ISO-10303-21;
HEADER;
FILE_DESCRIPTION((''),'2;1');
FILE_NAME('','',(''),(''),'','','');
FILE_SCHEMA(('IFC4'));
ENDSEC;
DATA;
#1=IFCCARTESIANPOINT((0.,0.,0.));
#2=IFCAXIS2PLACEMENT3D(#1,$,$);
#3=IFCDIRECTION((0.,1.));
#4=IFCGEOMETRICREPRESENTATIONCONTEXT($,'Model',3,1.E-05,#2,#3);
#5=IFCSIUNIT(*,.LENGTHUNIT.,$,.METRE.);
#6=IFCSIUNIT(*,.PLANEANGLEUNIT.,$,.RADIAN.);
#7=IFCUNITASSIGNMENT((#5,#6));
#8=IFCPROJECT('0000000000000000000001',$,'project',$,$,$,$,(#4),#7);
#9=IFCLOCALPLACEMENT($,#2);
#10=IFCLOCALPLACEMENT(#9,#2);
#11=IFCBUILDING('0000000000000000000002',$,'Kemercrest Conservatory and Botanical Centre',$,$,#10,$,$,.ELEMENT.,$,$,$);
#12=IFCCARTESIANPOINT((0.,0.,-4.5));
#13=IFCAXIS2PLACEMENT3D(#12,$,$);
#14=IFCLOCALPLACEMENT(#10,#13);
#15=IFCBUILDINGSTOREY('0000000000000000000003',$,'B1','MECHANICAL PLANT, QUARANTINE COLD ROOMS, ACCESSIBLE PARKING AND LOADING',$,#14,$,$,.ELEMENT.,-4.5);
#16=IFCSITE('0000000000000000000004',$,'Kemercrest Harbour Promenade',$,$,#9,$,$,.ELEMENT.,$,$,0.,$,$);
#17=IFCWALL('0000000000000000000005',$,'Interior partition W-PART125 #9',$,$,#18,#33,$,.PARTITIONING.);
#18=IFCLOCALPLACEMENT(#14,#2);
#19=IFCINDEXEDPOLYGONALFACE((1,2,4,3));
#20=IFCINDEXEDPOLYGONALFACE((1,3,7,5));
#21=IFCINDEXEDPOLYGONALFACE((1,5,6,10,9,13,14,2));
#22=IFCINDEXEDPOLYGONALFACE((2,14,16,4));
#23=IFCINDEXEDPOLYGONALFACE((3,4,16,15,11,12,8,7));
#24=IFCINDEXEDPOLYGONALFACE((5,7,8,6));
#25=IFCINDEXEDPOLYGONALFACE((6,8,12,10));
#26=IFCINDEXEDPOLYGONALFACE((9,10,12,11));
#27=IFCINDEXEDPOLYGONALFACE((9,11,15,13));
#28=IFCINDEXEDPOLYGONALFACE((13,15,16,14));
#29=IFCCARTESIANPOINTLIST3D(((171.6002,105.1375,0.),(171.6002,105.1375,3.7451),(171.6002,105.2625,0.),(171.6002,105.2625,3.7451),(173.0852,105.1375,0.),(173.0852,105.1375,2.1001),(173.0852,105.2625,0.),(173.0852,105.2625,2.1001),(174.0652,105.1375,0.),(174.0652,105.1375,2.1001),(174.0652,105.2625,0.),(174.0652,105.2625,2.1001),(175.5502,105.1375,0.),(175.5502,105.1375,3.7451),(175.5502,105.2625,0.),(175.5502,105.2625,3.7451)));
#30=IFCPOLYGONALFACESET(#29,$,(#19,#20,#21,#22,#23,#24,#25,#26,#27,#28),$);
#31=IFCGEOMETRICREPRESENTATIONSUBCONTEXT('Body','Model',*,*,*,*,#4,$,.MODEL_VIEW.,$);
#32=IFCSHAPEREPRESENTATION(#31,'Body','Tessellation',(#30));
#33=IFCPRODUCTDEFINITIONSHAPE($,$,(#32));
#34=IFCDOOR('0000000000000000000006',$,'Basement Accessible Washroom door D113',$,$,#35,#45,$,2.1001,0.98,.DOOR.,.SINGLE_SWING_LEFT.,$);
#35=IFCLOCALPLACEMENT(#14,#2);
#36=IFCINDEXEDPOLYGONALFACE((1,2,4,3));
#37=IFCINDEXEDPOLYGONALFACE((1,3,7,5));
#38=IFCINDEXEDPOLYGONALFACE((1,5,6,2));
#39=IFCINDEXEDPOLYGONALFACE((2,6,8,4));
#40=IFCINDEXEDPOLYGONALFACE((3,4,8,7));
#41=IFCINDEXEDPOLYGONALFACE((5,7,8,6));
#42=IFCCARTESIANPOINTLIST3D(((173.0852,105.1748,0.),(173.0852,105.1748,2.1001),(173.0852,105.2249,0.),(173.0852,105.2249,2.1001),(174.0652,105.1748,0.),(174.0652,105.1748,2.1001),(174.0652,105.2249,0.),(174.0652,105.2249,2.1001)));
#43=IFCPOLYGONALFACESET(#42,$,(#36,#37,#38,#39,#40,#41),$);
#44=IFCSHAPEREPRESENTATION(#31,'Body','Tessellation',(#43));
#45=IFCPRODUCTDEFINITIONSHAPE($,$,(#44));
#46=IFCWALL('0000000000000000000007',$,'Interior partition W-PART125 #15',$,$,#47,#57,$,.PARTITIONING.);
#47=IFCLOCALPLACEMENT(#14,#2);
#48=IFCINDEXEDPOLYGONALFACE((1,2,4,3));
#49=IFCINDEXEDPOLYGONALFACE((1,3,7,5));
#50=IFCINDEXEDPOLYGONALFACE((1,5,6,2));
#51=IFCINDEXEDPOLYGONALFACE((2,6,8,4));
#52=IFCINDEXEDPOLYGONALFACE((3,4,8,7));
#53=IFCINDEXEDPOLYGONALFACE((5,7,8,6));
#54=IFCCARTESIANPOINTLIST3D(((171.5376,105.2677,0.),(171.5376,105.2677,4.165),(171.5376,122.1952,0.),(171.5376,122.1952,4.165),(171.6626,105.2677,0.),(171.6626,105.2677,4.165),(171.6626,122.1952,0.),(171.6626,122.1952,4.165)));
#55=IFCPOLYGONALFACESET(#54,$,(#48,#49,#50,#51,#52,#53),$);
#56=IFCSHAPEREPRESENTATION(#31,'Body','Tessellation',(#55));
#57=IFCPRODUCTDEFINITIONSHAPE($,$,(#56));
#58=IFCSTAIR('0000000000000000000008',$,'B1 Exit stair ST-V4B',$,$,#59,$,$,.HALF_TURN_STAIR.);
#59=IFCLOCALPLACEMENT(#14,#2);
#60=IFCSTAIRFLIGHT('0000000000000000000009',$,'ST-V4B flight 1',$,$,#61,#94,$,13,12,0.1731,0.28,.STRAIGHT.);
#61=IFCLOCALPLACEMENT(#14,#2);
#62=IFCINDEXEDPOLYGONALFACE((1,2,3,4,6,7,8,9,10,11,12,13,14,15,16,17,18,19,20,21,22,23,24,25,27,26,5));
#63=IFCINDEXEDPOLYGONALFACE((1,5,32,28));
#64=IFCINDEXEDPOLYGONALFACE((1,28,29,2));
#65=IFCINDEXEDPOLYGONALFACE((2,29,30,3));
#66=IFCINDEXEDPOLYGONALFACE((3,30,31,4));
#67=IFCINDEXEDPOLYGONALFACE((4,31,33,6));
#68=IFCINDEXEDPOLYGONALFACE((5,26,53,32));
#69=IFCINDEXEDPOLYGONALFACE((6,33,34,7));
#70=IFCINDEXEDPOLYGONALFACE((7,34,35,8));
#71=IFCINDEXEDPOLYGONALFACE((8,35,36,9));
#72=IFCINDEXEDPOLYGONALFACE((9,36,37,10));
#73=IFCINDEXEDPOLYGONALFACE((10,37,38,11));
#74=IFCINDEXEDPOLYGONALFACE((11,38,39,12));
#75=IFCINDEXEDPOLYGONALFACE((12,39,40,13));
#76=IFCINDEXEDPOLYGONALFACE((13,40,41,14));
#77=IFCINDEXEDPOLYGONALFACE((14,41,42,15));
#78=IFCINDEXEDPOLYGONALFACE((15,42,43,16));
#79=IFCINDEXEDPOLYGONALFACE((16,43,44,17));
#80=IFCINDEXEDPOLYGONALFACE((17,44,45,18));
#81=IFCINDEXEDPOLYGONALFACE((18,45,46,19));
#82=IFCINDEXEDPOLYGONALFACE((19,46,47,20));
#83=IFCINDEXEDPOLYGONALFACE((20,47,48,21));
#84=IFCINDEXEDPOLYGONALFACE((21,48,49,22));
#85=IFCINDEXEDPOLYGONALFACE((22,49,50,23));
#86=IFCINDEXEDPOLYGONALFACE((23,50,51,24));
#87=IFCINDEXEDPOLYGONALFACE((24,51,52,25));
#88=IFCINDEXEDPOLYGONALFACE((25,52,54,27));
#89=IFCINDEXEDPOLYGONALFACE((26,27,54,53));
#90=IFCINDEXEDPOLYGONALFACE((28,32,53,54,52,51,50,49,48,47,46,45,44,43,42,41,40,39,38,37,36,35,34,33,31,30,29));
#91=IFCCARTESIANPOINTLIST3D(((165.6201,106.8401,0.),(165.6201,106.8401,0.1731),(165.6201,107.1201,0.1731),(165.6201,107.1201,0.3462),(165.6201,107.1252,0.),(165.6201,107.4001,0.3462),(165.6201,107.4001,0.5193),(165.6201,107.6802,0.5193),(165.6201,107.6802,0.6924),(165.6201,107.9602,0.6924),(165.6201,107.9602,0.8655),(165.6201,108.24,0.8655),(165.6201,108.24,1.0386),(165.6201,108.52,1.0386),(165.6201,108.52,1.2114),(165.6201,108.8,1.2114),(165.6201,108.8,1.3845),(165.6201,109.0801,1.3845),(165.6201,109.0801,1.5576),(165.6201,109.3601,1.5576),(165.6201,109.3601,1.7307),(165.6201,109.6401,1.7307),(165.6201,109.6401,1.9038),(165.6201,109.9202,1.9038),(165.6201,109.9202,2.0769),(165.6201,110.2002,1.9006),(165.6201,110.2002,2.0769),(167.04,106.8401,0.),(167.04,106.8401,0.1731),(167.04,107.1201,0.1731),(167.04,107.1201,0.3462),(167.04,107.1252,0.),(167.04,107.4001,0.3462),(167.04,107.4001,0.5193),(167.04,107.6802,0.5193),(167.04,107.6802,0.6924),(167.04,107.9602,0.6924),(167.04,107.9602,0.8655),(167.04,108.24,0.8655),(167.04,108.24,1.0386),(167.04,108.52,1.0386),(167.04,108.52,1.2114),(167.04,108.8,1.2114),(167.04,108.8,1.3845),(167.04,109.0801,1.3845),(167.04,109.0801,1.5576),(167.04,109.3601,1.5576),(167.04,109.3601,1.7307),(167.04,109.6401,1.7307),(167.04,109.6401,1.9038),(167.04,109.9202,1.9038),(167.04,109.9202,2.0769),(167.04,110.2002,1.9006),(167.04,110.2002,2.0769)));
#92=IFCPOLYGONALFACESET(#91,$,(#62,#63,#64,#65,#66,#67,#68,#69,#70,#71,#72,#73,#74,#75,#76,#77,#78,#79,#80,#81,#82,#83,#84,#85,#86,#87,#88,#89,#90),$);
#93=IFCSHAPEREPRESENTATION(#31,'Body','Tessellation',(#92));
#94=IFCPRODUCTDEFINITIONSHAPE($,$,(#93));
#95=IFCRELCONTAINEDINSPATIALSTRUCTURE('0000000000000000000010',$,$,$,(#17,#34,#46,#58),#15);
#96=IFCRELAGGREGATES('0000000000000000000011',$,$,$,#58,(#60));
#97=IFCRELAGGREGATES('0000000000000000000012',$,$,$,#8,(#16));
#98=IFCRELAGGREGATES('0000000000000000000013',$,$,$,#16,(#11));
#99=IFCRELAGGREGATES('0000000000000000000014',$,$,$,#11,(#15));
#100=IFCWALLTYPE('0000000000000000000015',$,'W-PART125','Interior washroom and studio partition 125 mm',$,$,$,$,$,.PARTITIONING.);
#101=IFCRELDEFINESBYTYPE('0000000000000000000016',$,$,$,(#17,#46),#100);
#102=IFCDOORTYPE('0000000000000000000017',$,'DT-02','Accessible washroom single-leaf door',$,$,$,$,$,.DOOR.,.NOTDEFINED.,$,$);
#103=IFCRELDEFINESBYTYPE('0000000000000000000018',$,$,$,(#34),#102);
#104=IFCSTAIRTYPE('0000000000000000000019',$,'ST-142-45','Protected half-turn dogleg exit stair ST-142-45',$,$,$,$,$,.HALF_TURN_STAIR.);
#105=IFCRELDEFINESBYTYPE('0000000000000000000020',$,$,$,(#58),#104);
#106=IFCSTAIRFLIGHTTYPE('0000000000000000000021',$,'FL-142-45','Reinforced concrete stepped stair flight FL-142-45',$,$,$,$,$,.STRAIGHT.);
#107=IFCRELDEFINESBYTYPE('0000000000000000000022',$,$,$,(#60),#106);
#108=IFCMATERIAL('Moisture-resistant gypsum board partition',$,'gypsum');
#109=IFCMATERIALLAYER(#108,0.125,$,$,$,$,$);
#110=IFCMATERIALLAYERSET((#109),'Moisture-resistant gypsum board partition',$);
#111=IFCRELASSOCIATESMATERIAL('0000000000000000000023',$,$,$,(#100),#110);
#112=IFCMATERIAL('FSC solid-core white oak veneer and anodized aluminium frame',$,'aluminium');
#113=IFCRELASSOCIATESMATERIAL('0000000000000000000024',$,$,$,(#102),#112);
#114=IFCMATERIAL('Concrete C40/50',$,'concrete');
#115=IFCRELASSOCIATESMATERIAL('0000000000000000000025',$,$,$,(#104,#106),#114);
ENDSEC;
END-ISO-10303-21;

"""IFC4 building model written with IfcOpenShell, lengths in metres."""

from ifc_helpers import new_model, si_unit, direction, frame, frame_2d, origin, place, context, subcontext, project, spatial, polyline, rectangle, outline, extrude, material, layer, layer_set, type_object, element, fill, aggregate, save


model = new_model("IFC4")

# Units and contexts
model_context = context("Model", 3, precision=1e-05, world=origin(), true_north=direction((0.0, 1.0)))
body_context = subcontext(model_context, "Body", "Model", "MODEL_VIEW")
ifc_project = project(units=[si_unit("LENGTHUNIT", "METRE"), si_unit("PLANEANGLEUNIT", "RADIAN")], contexts=[model_context])

# Site, building, storey
site_placement = place(None, origin())
site = spatial("IfcSite", under=ifc_project, at=site_placement, Name="Kemercrest Harbour Promenade", CompositionType="ELEMENT", RefElevation=0.0)
building_placement = place(site_placement, origin())
building = spatial("IfcBuilding", under=site, at=building_placement, Name="Kemercrest Conservatory and Botanical Centre", CompositionType="ELEMENT")
storey_placement = place(building_placement, frame((0.0, 0.0, -4.5)))
storey = spatial("IfcBuildingStorey", under=building, at=storey_placement, Name="B1", Description="MECHANICAL PLANT, QUARANTINE COLD ROOMS, ACCESSIBLE PARKING AND LOADING", CompositionType="ELEMENT", Elevation=-4.5)

# Shared definitions
ifc_material_1 = material(Name="Concrete C40/50", Category="concrete")

# Wall, opening, door
ifc_material_2 = material(Name="Moisture-resistant gypsum board partition", Category="gypsum")
ifc_layer = layer(ifc_material_2, 0.125)
ifc_layer_set = layer_set([ifc_layer], Name="Moisture-resistant gypsum board partition")
wall_type = type_object("IfcWallType", Name="W-PART125", Description="Interior washroom and studio partition 125 mm", PredefinedType="PARTITIONING", material=ifc_layer_set)
ifc_material_3 = material(Name="FSC solid-core white oak veneer and anodized aluminium frame", Category="aluminium")
door_type = type_object("IfcDoorType", Name="DT-02", Description="Accessible washroom single-leaf door", OperationType="NOTDEFINED", PredefinedType="DOOR", material=ifc_material_3)
wall_1_placement = place(storey_placement, frame((171.6001, 105.2, 0.0), z_axis=(0.0, 0.0, 1.0), x_axis=(1.0, 0.0, 0.0)))
wall_1 = element("IfcWall", 1, at=wall_1_placement, inside=storey, type_object=wall_type, Name="Interior partition W-PART125 #9", PredefinedType="PARTITIONING", context=body_context, shape_type="SweptSolid", body=[
    extrude(rectangle(XDim=3.95, YDim=0.125, at=frame_2d((1.9751, 0.0))), origin(), (0.0, 0.0, 1.0), 3.7451),
])
opening_1_placement = place(wall_1_placement, frame((1.4851, 0.0, 0.0)))
opening_1 = element("IfcOpeningElement", 2, at=opening_1_placement, cuts=wall_1, PredefinedType="OPENING", context=body_context, shape_type="SweptSolid", body=[
    extrude(rectangle(XDim=0.98, YDim=2.1001, at=frame_2d((0.49, 1.05))), frame((0.0, 0.0725, 0.0), z_axis=(0.0, -1.0, 0.0), x_axis=(1.0, 0.0, 0.0)), (0.0, 0.0, 1.0), 0.145),
])
door_1_placement = place(opening_1_placement, origin())
door_1 = element("IfcDoor", 3, at=door_1_placement, inside=storey, type_object=door_type, Name="Basement Accessible Washroom door D113", OperationType="SINGLE_SWING_LEFT", OverallHeight=2.1001, OverallWidth=0.98, PredefinedType="DOOR", context=body_context, shape_type="SweptSolid", body=[
    extrude(rectangle(XDim=0.98, YDim=2.1001, at=frame_2d((0.49, 1.05))), frame((0.0, 0.0249, 0.0), z_axis=(0.0, -1.0, 0.0), x_axis=(1.0, 0.0, 0.0)), (0.0, 0.0, 1.0), 0.05),
])
fill(opening_1, door_1)

# Wall
wall_2_placement = place(storey_placement, frame((171.6001, 105.2676, 0.0), z_axis=(0.0, 0.0, 1.0), x_axis=(0.0, 1.0, 0.0)))
element("IfcWall", 4, at=wall_2_placement, inside=storey, type_object=wall_type, Name="Interior partition W-PART125 #15", PredefinedType="PARTITIONING", context=body_context, shape_type="SweptSolid", body=[
    extrude(rectangle(XDim=16.9275, YDim=0.125, at=frame_2d((8.4639, 0.0))), origin(), (0.0, 0.0, 1.0), 4.165),
])

# Stair, stair flight
stair_type = type_object("IfcStairType", Name="ST-142-45", Description="Protected half-turn dogleg exit stair ST-142-45", PredefinedType="HALF_TURN_STAIR", material=ifc_material_1)
stair_placement = place(storey_placement, origin())
stair = element("IfcStair", 5, at=stair_placement, inside=storey, type_object=stair_type, Name="B1 Exit stair ST-V4B", PredefinedType="HALF_TURN_STAIR")
stair_flight_type = type_object("IfcStairFlightType", Name="FL-142-45", Description="Reinforced concrete stepped stair flight FL-142-45", PredefinedType="STRAIGHT", material=ifc_material_1)
stair_flight_placement = place(storey_placement, frame((166.3301, 106.8401, 0.0), z_axis=(0.0, 0.0, 1.0), x_axis=(0.0, 1.0, 0.0)))
stair_flight = element("IfcStairFlight", 6, at=stair_flight_placement, type_object=stair_flight_type, Name="ST-V4B flight 1", NumberOfRisers=13, NumberOfTreads=12, PredefinedType="STRAIGHT", RiserHeight=0.1731, TreadLength=0.28, context=body_context, shape_type="SweptSolid", body=[
    extrude(outline(polyline([(0.0, 0.0), (0.0, 0.1731), (0.28, 0.1731), (0.28, 0.3462), (0.5601, 0.3462), (0.5601, 0.5193), (0.8401, 0.5193), (0.8401, 0.6924), (1.1201, 0.6924), (1.1201, 0.8655), (1.3999, 0.8655), (1.3999, 1.0386), (1.6799, 1.0386), (1.6799, 1.2114), (1.96, 1.2114), (1.96, 1.3845), (2.24, 1.3845), (2.24, 1.5576), (2.52, 1.5576), (2.52, 1.7307), (2.8, 1.7307), (2.8, 1.9038), (3.0801, 1.9038), (3.0801, 2.0769), (3.3601, 2.0769), (3.3601, 2.25), (3.3601, 1.9006), (0.2852, 0.0), (0.0, 0.0)])), frame((0.0, 0.71, 0.0), z_axis=(0.0, -1.0, 0.0), x_axis=(1.0, 0.0, 0.0)), (0.0, 0.0, 1.0), 1.4199),
])
aggregate(stair, [stair_flight])

save(model, "model.ifc")
